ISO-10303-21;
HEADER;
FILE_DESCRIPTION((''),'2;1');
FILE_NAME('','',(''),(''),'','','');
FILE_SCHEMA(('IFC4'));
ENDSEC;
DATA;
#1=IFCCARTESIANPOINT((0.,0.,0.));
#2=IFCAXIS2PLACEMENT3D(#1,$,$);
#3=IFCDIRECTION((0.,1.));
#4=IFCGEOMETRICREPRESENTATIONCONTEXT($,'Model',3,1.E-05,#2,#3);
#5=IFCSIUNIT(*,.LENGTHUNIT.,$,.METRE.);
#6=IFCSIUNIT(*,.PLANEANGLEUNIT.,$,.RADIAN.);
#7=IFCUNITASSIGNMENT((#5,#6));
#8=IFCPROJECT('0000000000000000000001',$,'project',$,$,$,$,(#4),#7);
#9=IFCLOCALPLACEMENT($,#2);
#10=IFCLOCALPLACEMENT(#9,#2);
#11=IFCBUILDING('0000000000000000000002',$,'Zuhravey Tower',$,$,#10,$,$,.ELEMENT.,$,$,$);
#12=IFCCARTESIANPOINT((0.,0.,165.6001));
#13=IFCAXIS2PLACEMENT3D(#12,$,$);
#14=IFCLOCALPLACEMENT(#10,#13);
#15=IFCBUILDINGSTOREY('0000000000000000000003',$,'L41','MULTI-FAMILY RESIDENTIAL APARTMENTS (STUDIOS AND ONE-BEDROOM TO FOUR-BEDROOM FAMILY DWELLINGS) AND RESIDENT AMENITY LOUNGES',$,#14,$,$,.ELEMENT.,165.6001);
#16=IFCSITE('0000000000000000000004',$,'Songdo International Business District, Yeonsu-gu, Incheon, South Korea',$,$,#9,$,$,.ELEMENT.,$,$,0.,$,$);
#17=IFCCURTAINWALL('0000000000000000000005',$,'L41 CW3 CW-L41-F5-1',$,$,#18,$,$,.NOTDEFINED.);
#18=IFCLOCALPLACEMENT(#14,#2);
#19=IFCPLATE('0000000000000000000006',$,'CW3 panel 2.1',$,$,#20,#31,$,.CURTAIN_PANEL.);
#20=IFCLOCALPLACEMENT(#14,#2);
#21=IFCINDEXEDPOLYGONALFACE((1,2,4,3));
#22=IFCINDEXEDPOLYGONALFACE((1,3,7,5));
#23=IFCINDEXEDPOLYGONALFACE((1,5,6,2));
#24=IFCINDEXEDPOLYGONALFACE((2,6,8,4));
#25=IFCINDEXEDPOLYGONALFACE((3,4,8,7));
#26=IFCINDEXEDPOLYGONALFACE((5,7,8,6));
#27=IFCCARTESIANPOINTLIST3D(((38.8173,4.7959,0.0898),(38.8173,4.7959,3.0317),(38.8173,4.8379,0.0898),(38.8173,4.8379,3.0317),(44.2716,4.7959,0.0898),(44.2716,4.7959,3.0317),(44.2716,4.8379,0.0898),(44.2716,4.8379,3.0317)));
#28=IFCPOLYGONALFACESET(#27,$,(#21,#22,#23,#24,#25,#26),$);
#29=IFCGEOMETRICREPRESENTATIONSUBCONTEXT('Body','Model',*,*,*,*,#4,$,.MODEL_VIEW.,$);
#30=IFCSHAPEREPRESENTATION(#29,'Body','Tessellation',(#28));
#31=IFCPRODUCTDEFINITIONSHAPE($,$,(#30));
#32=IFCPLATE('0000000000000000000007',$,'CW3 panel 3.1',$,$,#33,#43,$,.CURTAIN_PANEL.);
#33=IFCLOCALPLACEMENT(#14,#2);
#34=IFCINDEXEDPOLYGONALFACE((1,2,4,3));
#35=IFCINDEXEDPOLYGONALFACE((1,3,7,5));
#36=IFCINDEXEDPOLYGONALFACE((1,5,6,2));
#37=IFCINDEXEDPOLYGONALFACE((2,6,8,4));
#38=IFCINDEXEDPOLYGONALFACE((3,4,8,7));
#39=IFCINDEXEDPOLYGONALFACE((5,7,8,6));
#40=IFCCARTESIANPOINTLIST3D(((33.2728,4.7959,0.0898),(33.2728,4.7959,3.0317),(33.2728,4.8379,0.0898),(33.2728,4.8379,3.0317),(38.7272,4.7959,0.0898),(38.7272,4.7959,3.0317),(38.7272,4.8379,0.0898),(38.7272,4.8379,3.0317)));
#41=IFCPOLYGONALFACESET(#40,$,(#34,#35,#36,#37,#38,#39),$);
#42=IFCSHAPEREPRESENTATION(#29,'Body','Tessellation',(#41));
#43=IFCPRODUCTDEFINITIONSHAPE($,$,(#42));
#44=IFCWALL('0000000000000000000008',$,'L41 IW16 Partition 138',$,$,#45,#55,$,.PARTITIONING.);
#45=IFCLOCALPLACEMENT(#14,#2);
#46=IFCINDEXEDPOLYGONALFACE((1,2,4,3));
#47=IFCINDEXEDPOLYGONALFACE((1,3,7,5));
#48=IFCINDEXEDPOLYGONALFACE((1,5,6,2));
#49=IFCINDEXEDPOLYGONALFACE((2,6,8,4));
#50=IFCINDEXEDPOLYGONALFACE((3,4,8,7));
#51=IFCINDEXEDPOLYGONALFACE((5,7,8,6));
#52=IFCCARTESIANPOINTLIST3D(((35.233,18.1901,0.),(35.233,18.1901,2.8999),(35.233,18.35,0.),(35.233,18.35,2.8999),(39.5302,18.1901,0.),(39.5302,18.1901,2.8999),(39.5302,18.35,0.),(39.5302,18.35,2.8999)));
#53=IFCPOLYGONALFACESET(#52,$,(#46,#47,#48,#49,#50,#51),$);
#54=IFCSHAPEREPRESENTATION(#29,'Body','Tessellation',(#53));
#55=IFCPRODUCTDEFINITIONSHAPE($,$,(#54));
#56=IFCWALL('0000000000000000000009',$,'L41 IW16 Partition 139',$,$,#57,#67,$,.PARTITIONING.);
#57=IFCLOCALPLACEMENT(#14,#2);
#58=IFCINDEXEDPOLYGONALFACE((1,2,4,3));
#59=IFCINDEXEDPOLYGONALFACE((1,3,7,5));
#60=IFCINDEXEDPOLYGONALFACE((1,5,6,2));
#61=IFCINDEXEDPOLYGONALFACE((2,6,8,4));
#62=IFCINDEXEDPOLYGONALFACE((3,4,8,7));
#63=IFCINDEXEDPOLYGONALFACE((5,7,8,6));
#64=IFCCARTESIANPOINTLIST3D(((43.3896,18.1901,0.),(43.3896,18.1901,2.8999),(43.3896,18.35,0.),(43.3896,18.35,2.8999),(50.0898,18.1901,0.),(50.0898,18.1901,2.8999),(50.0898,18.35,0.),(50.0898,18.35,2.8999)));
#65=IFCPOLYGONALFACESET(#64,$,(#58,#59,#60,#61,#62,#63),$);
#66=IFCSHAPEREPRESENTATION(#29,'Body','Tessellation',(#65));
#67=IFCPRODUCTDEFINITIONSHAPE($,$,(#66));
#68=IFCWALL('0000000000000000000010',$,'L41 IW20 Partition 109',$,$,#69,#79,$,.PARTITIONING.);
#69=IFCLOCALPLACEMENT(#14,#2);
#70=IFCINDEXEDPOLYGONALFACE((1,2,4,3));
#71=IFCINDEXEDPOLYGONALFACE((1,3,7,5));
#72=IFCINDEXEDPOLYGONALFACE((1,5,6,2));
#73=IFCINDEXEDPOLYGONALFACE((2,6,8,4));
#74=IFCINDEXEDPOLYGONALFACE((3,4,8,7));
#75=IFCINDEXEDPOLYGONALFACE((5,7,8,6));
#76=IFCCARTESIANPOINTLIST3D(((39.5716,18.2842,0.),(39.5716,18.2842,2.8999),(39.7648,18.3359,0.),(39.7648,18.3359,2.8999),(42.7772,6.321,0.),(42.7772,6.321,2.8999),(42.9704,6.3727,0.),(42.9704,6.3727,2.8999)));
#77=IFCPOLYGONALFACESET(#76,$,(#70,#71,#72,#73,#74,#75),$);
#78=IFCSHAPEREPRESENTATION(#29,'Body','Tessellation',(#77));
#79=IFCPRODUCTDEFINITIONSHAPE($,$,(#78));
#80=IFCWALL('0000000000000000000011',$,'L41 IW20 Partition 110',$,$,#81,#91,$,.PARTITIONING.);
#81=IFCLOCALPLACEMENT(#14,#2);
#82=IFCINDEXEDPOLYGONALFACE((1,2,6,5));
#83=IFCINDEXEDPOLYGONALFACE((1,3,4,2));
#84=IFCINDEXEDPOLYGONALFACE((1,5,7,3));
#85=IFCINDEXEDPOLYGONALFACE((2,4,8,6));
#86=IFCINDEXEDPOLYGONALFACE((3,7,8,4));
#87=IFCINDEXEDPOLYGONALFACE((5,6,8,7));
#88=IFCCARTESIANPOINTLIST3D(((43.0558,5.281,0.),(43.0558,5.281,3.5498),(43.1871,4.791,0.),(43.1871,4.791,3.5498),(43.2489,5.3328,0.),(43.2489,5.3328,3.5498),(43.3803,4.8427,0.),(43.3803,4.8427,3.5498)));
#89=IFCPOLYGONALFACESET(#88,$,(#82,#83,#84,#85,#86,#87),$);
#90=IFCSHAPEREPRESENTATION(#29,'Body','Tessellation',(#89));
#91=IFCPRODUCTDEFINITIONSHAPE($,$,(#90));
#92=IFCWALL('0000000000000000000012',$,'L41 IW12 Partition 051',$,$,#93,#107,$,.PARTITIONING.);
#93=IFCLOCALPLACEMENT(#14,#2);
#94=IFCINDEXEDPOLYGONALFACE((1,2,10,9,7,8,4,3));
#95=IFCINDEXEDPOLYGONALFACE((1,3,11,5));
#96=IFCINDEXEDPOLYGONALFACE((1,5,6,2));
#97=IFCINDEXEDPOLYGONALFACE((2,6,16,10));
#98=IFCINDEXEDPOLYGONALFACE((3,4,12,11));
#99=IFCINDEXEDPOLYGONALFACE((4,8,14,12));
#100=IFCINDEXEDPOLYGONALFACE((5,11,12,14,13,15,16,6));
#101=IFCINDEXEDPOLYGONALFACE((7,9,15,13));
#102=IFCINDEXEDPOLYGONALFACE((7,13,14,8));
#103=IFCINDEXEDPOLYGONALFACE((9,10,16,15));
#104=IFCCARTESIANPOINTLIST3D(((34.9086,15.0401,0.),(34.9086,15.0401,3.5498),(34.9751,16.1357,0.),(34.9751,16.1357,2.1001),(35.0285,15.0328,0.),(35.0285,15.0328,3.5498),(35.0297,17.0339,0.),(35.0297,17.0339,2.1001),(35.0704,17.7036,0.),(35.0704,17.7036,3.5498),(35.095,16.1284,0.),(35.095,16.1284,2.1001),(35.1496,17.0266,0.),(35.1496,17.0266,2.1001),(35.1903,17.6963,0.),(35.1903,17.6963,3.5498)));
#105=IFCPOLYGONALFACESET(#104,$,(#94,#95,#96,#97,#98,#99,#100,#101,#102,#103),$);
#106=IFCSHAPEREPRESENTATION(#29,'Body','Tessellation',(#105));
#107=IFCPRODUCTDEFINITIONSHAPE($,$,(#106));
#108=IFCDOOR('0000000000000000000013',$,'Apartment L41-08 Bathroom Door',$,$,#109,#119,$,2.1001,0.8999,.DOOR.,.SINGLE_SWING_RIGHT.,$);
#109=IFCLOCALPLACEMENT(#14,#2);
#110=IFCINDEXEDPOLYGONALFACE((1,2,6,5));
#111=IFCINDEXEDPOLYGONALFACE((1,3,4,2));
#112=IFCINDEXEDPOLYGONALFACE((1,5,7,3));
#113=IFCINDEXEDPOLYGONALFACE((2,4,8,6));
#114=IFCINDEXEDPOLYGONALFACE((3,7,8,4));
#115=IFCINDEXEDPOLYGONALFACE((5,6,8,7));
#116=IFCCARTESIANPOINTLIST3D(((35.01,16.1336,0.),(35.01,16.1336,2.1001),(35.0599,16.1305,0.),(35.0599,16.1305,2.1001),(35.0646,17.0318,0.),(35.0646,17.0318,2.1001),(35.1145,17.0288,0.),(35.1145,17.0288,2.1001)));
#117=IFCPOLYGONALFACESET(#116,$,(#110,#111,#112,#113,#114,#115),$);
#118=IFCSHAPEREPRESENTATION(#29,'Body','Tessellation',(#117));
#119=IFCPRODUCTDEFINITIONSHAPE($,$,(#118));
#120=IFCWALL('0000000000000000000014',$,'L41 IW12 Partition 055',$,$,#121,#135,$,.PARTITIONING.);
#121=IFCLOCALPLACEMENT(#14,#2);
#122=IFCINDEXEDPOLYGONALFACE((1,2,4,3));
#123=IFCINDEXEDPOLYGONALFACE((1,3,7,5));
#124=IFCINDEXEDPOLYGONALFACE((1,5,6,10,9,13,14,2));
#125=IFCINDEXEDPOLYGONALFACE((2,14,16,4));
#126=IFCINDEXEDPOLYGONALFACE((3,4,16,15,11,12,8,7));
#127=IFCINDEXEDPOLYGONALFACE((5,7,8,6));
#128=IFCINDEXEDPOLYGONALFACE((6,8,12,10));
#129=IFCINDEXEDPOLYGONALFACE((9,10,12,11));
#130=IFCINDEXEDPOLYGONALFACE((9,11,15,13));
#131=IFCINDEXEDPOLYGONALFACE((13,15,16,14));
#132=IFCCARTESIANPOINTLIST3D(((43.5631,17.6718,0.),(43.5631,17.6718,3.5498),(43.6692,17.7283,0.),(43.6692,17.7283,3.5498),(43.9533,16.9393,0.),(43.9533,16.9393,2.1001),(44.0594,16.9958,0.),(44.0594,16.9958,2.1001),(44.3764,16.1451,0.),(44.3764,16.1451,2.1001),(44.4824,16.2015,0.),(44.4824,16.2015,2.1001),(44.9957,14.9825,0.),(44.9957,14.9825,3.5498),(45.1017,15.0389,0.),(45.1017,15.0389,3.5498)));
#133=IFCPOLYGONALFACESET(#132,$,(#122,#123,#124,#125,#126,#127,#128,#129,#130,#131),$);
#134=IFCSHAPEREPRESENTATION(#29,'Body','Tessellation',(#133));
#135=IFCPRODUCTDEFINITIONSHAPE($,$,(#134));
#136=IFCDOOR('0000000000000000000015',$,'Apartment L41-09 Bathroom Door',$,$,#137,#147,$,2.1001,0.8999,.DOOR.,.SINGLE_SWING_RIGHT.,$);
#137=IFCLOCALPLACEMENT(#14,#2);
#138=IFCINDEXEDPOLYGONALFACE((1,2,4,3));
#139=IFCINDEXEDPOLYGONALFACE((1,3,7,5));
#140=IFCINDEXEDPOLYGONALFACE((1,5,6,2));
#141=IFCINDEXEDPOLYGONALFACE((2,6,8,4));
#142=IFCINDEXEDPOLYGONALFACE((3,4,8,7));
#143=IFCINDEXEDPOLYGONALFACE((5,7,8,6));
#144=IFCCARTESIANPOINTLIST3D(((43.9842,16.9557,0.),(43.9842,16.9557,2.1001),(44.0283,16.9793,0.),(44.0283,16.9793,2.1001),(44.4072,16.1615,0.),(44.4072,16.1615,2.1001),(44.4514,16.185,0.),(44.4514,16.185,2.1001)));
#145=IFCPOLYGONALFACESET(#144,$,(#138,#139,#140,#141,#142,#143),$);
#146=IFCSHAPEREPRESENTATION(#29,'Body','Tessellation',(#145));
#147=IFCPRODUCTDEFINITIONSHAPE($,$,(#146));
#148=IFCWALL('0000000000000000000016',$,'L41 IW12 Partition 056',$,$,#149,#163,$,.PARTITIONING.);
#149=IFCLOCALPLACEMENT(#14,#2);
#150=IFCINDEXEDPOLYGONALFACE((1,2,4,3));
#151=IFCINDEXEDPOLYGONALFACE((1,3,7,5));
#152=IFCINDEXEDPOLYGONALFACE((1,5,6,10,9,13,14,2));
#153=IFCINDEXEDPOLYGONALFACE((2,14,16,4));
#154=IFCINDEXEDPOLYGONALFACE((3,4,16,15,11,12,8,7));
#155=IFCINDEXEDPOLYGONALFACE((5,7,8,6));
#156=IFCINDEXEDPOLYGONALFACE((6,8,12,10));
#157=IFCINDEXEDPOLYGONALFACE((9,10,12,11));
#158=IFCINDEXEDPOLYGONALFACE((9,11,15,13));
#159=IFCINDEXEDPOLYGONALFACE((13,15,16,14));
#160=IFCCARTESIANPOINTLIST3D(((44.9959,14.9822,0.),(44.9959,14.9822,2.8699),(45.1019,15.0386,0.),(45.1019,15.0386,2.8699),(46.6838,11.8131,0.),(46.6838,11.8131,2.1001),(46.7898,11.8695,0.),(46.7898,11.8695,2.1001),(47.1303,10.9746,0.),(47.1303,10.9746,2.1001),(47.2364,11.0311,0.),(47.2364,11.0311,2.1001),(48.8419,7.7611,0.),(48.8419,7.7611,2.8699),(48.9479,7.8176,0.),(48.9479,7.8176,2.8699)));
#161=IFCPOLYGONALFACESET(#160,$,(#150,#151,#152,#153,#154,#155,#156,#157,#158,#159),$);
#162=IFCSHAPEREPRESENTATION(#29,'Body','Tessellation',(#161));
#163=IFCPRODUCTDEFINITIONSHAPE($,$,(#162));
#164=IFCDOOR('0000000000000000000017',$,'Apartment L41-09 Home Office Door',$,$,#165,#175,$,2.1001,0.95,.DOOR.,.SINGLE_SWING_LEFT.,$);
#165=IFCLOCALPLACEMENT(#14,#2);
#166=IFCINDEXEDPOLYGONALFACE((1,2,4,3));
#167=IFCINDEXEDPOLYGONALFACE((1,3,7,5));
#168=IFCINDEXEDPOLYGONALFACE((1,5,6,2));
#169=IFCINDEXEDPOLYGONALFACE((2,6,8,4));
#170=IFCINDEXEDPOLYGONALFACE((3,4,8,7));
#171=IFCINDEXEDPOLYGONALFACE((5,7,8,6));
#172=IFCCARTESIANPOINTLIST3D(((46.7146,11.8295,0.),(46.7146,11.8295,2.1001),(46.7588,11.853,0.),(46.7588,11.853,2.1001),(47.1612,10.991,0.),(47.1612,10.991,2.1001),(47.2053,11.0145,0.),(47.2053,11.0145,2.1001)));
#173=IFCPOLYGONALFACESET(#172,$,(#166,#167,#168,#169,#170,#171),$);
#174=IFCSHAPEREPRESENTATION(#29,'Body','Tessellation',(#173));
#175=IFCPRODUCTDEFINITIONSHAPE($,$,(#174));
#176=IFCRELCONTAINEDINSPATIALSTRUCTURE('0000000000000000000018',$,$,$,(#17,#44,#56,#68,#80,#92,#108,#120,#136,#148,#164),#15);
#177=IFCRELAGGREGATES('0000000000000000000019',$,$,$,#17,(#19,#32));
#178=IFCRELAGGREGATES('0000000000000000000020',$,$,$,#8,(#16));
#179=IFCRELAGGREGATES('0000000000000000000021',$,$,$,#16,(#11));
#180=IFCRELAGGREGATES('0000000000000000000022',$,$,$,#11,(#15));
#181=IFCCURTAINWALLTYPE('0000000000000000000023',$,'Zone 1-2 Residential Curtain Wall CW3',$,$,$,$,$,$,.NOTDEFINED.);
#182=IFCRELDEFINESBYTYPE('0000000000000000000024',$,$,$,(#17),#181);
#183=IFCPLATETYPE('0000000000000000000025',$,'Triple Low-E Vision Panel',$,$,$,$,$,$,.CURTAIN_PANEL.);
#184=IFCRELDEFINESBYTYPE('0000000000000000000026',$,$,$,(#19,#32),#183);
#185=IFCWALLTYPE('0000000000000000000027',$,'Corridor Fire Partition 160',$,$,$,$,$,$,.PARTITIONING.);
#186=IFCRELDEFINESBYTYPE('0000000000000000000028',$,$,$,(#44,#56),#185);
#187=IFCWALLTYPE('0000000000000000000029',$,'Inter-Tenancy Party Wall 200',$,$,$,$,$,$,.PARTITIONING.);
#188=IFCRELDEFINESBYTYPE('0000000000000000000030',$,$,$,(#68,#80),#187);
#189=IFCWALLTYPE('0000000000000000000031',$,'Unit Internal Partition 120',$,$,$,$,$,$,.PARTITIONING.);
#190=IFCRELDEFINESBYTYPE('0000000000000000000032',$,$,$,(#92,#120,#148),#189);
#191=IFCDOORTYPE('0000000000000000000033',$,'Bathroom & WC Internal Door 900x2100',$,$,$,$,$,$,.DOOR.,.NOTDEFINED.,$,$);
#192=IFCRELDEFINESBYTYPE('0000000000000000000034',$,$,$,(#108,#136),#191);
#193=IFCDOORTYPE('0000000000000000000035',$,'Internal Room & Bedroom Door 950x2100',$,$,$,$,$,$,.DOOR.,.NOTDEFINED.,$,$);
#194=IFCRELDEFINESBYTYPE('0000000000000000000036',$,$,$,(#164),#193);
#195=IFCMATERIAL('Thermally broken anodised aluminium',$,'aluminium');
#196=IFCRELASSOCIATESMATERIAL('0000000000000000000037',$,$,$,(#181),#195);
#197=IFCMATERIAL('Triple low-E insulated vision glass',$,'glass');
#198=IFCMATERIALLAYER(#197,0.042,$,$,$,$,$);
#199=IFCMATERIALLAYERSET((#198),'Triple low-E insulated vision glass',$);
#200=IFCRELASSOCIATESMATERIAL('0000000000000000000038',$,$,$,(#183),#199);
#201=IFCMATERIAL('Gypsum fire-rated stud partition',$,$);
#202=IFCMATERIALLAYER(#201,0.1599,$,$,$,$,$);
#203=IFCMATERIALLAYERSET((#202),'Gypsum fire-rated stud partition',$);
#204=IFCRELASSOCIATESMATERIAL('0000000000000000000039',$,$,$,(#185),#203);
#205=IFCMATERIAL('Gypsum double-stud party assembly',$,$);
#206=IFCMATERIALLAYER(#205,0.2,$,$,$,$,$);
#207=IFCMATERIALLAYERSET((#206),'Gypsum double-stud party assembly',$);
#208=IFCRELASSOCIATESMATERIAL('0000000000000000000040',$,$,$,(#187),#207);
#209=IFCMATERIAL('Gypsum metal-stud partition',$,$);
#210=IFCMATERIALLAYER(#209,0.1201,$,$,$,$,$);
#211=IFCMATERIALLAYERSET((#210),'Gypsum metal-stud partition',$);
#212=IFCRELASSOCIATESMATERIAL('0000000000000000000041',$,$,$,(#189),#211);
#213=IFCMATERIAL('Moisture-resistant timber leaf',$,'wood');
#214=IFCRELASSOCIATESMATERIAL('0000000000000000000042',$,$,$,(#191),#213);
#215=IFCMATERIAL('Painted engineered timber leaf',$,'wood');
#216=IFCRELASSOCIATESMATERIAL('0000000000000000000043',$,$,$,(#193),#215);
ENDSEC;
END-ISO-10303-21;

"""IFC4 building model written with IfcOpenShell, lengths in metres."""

from ifc_helpers import new_model, si_unit, direction, frame, frame_2d, origin, origin_2d, place, context, subcontext, project, spatial, rectangle, extrude, material, layer, layer_set, type_object, element, fill, aggregate, save


model = new_model("IFC4")

# Units and contexts
model_context = context("Model", 3, precision=1e-05, world=origin(), true_north=direction((0.0, 1.0)))
body_context = subcontext(model_context, "Body", "Model", "MODEL_VIEW")
ifc_project = project(units=[si_unit("LENGTHUNIT", "METRE"), si_unit("PLANEANGLEUNIT", "RADIAN")], contexts=[model_context])

# Site, building, storey
site_placement = place(None, origin())
site = spatial("IfcSite", under=ifc_project, at=site_placement, Name="Songdo International Business District, Yeonsu-gu, Incheon, South Korea", CompositionType="ELEMENT", RefElevation=0.0)
building_placement = place(site_placement, origin())
building = spatial("IfcBuilding", under=site, at=building_placement, Name="Zuhravey Tower", CompositionType="ELEMENT")
storey_placement = place(building_placement, frame((0.0, 0.0, 165.6001)))
storey = spatial("IfcBuildingStorey", under=building, at=storey_placement, Name="L41", Description="MULTI-FAMILY RESIDENTIAL APARTMENTS (STUDIOS AND ONE-BEDROOM TO FOUR-BEDROOM FAMILY DWELLINGS) AND RESIDENT AMENITY LOUNGES", CompositionType="ELEMENT", Elevation=165.6001)

# Curtain wall
ifc_material_1 = material(Name="Thermally broken anodised aluminium", Category="aluminium")
curtain_wall_type = type_object("IfcCurtainWallType", Name="Zone 1-2 Residential Curtain Wall CW3", PredefinedType="NOTDEFINED", material=ifc_material_1)
curtain_wall_placement = place(storey_placement, origin())
curtain_wall = element("IfcCurtainWall", 1, at=curtain_wall_placement, inside=storey, type_object=curtain_wall_type, Name="L41 CW3 CW-L41-F5-1", PredefinedType="NOTDEFINED")

# Plates
ifc_material_2 = material(Name="Triple low-E insulated vision glass", Category="glass")
ifc_layer_1 = layer(ifc_material_2, 0.042)
ifc_layer_set_1 = layer_set([ifc_layer_1], Name="Triple low-E insulated vision glass")
plate_type = type_object("IfcPlateType", Name="Triple Low-E Vision Panel", PredefinedType="CURTAIN_PANEL", material=ifc_layer_set_1)
plate_1_placement = place(storey_placement, frame((41.5444, 4.8169, 0.0898), z_axis=(0.0, 0.0, 1.0), x_axis=(-1.0, 0.0, 0.0)))
plate_1 = element("IfcPlate", 2, at=plate_1_placement, type_object=plate_type, Name="CW3 panel 2.1", PredefinedType="CURTAIN_PANEL", context=body_context, shape_type="SweptSolid", body=[
    extrude(rectangle(XDim=5.4543, YDim=0.042, at=origin_2d()), origin(), (0.0, 0.0, 1.0), 2.9419),
])
plate_2_placement = place(storey_placement, frame((36.0, 4.8169, 0.0898), z_axis=(0.0, 0.0, 1.0), x_axis=(-1.0, 0.0, 0.0)))
plate_2 = element("IfcPlate", 3, at=plate_2_placement, type_object=plate_type, Name="CW3 panel 3.1", PredefinedType="CURTAIN_PANEL", context=body_context, shape_type="SweptSolid", body=[
    extrude(rectangle(XDim=5.4543, YDim=0.042, at=origin_2d()), origin(), (0.0, 0.0, 1.0), 2.9419),
])
aggregate(curtain_wall, [plate_1, plate_2])

# Shared definitions
ifc_material_3 = material(Name="Gypsum fire-rated stud partition")
ifc_layer_2 = layer(ifc_material_3, 0.1599)
ifc_layer_set_2 = layer_set([ifc_layer_2], Name="Gypsum fire-rated stud partition")
wall_type_1 = type_object("IfcWallType", Name="Corridor Fire Partition 160", PredefinedType="PARTITIONING", material=ifc_layer_set_2)

# Walls
wall_1_placement = place(storey_placement, frame((35.2332, 18.27, 0.0), z_axis=(0.0, 0.0, 1.0), x_axis=(1.0, 0.0, 0.0)))
element("IfcWall", 4, at=wall_1_placement, inside=storey, type_object=wall_type_1, Name="L41 IW16 Partition 138", PredefinedType="PARTITIONING", context=body_context, shape_type="SweptSolid", body=[
    extrude(rectangle(XDim=4.2971, YDim=0.1599, at=frame_2d((2.1484, 0.0))), origin(), (0.0, 0.0, 1.0), 2.8999),
])
wall_2_placement = place(storey_placement, frame((43.3896, 18.27, 0.0), z_axis=(0.0, 0.0, 1.0), x_axis=(1.0, 0.0, 0.0)))
element("IfcWall", 5, at=wall_2_placement, inside=storey, type_object=wall_type_1, Name="L41 IW16 Partition 139", PredefinedType="PARTITIONING", context=body_context, shape_type="SweptSolid", body=[
    extrude(rectangle(XDim=6.7002, YDim=0.1599, at=frame_2d((3.3501, 0.0))), origin(), (0.0, 0.0, 1.0), 2.8999),
])
ifc_material_4 = material(Name="Gypsum double-stud party assembly")
ifc_layer_3 = layer(ifc_material_4, 0.2)
ifc_layer_set_3 = layer_set([ifc_layer_3], Name="Gypsum double-stud party assembly")
wall_type_2 = type_object("IfcWallType", Name="Inter-Tenancy Party Wall 200", PredefinedType="PARTITIONING", material=ifc_layer_set_3)
wall_3_placement = place(storey_placement, frame((39.6682, 18.3101, 0.0), z_axis=(0.0, 0.0, 1.0), x_axis=(0.258823, -0.965925, 0.0)))
element("IfcWall", 6, at=wall_3_placement, inside=storey, type_object=wall_type_2, Name="L41 IW20 Partition 109", PredefinedType="PARTITIONING", context=body_context, shape_type="SweptSolid", body=[
    extrude(rectangle(XDim=12.3853, YDim=0.2, at=frame_2d((6.1926, 0.0))), origin(), (0.0, 0.0, 1.0), 2.8999),
])
wall_4_placement = place(storey_placement, frame((43.1523, 5.3069, 0.0), z_axis=(0.0, 0.0, 1.0), x_axis=(0.258921, -0.965899, 0.0)))
element("IfcWall", 7, at=wall_4_placement, inside=storey, type_object=wall_type_2, Name="L41 IW20 Partition 110", PredefinedType="PARTITIONING", context=body_context, shape_type="SweptSolid", body=[
    extrude(rectangle(XDim=0.5073, YDim=0.2, at=frame_2d((0.2537, 0.0))), origin(), (0.0, 0.0, 1.0), 3.5498),
])

# Walls, openings, doors
ifc_material_5 = material(Name="Gypsum metal-stud partition")
ifc_layer_4 = layer(ifc_material_5, 0.1201)
ifc_layer_set_4 = layer_set([ifc_layer_4], Name="Gypsum metal-stud partition")
wall_type_3 = type_object("IfcWallType", Name="Unit Internal Partition 120", PredefinedType="PARTITIONING", material=ifc_layer_set_4)
wall_5_placement = place(storey_placement, frame((35.1304, 17.7, 0.0), z_axis=(0.0, 0.0, 1.0), x_axis=(-0.060658, -0.998159, 0.0)))
wall_5 = element("IfcWall", 8, at=wall_5_placement, inside=storey, type_object=wall_type_3, Name="L41 IW12 Partition 051", PredefinedType="PARTITIONING", context=body_context, shape_type="SweptSolid", body=[
    extrude(rectangle(XDim=2.6685, YDim=0.1201, at=frame_2d((1.3342, 0.0))), origin(), (0.0, 0.0, 1.0), 3.5498),
])
opening_1_placement = place(wall_5_placement, frame((0.6709, 0.0, 0.0)))
opening_1 = element("IfcOpeningElement", 9, at=opening_1_placement, cuts=wall_5, PredefinedType="OPENING", context=body_context, shape_type="SweptSolid", body=[
    extrude(rectangle(XDim=0.8999, YDim=2.1001, at=frame_2d((0.45, 1.05))), frame((0.0, 0.072, 0.0), z_axis=(0.0, -1.0, 0.0), x_axis=(1.0, 0.0, 0.0)), (0.0, 0.0, 1.0), 0.144),
])
ifc_material_6 = material(Name="Moisture-resistant timber leaf", Category="wood")
door_type_1 = type_object("IfcDoorType", Name="Bathroom & WC Internal Door 900x2100", OperationType="NOTDEFINED", PredefinedType="DOOR", material=ifc_material_6)
door_1_placement = place(opening_1_placement, origin())
door_1 = element("IfcDoor", 10, at=door_1_placement, inside=storey, type_object=door_type_1, Name="Apartment L41-08 Bathroom Door", OperationType="SINGLE_SWING_RIGHT", OverallHeight=2.1001, OverallWidth=0.8999, PredefinedType="DOOR", context=body_context, shape_type="SweptSolid", body=[
    extrude(rectangle(XDim=0.8999, YDim=2.1001, at=frame_2d((0.45, 1.05))), frame((0.0, 0.0249, 0.0), z_axis=(0.0, -1.0, 0.0), x_axis=(1.0, 0.0, 0.0)), (0.0, 0.0, 1.0), 0.05),
])
fill(opening_1, door_1)
wall_6_placement = place(storey_placement, frame((43.6162, 17.7, 0.0), z_axis=(0.0, 0.0, 1.0), x_axis=(0.470139, -0.882592, 0.0)))
wall_6 = element("IfcWall", 11, at=wall_6_placement, inside=storey, type_object=wall_type_3, Name="L41 IW12 Partition 055", PredefinedType="PARTITIONING", context=body_context, shape_type="SweptSolid", body=[
    extrude(rectangle(XDim=3.0471, YDim=0.1201, at=frame_2d((1.5234, 0.0))), origin(), (0.0, 0.0, 1.0), 3.5498),
])
opening_2_placement = place(wall_6_placement, frame((0.8298, 0.0, 0.0)))
opening_2 = element("IfcOpeningElement", 12, at=opening_2_placement, cuts=wall_6, PredefinedType="OPENING", context=body_context, shape_type="SweptSolid", body=[
    extrude(rectangle(XDim=0.8999, YDim=2.1001, at=frame_2d((0.45, 1.05))), frame((0.0, 0.072, 0.0), z_axis=(0.0, -1.0, 0.0), x_axis=(1.0, 0.0, 0.0)), (0.0, 0.0, 1.0), 0.144),
])
door_2_placement = place(opening_2_placement, origin())
door_2 = element("IfcDoor", 13, at=door_2_placement, inside=storey, type_object=door_type_1, Name="Apartment L41-09 Bathroom Door", OperationType="SINGLE_SWING_RIGHT", OverallHeight=2.1001, OverallWidth=0.8999, PredefinedType="DOOR", context=body_context, shape_type="SweptSolid", body=[
    extrude(rectangle(XDim=0.8999, YDim=2.1001, at=frame_2d((0.45, 1.05))), frame((0.0, 0.0249, 0.0), z_axis=(0.0, -1.0, 0.0), x_axis=(1.0, 0.0, 0.0)), (0.0, 0.0, 1.0), 0.05),
])
fill(opening_2, door_2)
wall_7_placement = place(storey_placement, frame((45.0488, 15.0105, 0.0), z_axis=(0.0, 0.0, 1.0), x_axis=(0.470091, -0.882618, 0.0)))
wall_7 = element("IfcWall", 14, at=wall_7_placement, inside=storey, type_object=wall_type_3, Name="L41 IW12 Partition 056", PredefinedType="PARTITIONING", context=body_context, shape_type="SweptSolid", body=[
    extrude(rectangle(XDim=8.1814, YDim=0.1201, at=frame_2d((4.0908, 0.0))), origin(), (0.0, 0.0, 1.0), 2.8699),
])
opening_3_placement = place(wall_7_placement, frame((3.5906, 0.0, 0.0)))
opening_3 = element("IfcOpeningElement", 15, at=opening_3_placement, cuts=wall_7, PredefinedType="OPENING", context=body_context, shape_type="SweptSolid", body=[
    extrude(rectangle(XDim=0.95, YDim=2.1001, at=frame_2d((0.4751, 1.05))), frame((0.0, 0.072, 0.0), z_axis=(0.0, -1.0, 0.0), x_axis=(1.0, 0.0, 0.0)), (0.0, 0.0, 1.0), 0.144),
])
ifc_material_7 = material(Name="Painted engineered timber leaf", Category="wood")
door_type_2 = type_object("IfcDoorType", Name="Internal Room & Bedroom Door 950x2100", OperationType="NOTDEFINED", PredefinedType="DOOR", material=ifc_material_7)
door_3_placement = place(opening_3_placement, origin())
door_3 = element("IfcDoor", 16, at=door_3_placement, inside=storey, type_object=door_type_2, Name="Apartment L41-09 Home Office Door", OperationType="SINGLE_SWING_LEFT", OverallHeight=2.1001, OverallWidth=0.95, PredefinedType="DOOR", context=body_context, shape_type="SweptSolid", body=[
    extrude(rectangle(XDim=0.95, YDim=2.1001, at=frame_2d((0.4751, 1.05))), frame((0.0, 0.0249, 0.0), z_axis=(0.0, -1.0, 0.0), x_axis=(1.0, 0.0, 0.0)), (0.0, 0.0, 1.0), 0.05),
])
fill(opening_3, door_3)

save(model, "model.ifc")
